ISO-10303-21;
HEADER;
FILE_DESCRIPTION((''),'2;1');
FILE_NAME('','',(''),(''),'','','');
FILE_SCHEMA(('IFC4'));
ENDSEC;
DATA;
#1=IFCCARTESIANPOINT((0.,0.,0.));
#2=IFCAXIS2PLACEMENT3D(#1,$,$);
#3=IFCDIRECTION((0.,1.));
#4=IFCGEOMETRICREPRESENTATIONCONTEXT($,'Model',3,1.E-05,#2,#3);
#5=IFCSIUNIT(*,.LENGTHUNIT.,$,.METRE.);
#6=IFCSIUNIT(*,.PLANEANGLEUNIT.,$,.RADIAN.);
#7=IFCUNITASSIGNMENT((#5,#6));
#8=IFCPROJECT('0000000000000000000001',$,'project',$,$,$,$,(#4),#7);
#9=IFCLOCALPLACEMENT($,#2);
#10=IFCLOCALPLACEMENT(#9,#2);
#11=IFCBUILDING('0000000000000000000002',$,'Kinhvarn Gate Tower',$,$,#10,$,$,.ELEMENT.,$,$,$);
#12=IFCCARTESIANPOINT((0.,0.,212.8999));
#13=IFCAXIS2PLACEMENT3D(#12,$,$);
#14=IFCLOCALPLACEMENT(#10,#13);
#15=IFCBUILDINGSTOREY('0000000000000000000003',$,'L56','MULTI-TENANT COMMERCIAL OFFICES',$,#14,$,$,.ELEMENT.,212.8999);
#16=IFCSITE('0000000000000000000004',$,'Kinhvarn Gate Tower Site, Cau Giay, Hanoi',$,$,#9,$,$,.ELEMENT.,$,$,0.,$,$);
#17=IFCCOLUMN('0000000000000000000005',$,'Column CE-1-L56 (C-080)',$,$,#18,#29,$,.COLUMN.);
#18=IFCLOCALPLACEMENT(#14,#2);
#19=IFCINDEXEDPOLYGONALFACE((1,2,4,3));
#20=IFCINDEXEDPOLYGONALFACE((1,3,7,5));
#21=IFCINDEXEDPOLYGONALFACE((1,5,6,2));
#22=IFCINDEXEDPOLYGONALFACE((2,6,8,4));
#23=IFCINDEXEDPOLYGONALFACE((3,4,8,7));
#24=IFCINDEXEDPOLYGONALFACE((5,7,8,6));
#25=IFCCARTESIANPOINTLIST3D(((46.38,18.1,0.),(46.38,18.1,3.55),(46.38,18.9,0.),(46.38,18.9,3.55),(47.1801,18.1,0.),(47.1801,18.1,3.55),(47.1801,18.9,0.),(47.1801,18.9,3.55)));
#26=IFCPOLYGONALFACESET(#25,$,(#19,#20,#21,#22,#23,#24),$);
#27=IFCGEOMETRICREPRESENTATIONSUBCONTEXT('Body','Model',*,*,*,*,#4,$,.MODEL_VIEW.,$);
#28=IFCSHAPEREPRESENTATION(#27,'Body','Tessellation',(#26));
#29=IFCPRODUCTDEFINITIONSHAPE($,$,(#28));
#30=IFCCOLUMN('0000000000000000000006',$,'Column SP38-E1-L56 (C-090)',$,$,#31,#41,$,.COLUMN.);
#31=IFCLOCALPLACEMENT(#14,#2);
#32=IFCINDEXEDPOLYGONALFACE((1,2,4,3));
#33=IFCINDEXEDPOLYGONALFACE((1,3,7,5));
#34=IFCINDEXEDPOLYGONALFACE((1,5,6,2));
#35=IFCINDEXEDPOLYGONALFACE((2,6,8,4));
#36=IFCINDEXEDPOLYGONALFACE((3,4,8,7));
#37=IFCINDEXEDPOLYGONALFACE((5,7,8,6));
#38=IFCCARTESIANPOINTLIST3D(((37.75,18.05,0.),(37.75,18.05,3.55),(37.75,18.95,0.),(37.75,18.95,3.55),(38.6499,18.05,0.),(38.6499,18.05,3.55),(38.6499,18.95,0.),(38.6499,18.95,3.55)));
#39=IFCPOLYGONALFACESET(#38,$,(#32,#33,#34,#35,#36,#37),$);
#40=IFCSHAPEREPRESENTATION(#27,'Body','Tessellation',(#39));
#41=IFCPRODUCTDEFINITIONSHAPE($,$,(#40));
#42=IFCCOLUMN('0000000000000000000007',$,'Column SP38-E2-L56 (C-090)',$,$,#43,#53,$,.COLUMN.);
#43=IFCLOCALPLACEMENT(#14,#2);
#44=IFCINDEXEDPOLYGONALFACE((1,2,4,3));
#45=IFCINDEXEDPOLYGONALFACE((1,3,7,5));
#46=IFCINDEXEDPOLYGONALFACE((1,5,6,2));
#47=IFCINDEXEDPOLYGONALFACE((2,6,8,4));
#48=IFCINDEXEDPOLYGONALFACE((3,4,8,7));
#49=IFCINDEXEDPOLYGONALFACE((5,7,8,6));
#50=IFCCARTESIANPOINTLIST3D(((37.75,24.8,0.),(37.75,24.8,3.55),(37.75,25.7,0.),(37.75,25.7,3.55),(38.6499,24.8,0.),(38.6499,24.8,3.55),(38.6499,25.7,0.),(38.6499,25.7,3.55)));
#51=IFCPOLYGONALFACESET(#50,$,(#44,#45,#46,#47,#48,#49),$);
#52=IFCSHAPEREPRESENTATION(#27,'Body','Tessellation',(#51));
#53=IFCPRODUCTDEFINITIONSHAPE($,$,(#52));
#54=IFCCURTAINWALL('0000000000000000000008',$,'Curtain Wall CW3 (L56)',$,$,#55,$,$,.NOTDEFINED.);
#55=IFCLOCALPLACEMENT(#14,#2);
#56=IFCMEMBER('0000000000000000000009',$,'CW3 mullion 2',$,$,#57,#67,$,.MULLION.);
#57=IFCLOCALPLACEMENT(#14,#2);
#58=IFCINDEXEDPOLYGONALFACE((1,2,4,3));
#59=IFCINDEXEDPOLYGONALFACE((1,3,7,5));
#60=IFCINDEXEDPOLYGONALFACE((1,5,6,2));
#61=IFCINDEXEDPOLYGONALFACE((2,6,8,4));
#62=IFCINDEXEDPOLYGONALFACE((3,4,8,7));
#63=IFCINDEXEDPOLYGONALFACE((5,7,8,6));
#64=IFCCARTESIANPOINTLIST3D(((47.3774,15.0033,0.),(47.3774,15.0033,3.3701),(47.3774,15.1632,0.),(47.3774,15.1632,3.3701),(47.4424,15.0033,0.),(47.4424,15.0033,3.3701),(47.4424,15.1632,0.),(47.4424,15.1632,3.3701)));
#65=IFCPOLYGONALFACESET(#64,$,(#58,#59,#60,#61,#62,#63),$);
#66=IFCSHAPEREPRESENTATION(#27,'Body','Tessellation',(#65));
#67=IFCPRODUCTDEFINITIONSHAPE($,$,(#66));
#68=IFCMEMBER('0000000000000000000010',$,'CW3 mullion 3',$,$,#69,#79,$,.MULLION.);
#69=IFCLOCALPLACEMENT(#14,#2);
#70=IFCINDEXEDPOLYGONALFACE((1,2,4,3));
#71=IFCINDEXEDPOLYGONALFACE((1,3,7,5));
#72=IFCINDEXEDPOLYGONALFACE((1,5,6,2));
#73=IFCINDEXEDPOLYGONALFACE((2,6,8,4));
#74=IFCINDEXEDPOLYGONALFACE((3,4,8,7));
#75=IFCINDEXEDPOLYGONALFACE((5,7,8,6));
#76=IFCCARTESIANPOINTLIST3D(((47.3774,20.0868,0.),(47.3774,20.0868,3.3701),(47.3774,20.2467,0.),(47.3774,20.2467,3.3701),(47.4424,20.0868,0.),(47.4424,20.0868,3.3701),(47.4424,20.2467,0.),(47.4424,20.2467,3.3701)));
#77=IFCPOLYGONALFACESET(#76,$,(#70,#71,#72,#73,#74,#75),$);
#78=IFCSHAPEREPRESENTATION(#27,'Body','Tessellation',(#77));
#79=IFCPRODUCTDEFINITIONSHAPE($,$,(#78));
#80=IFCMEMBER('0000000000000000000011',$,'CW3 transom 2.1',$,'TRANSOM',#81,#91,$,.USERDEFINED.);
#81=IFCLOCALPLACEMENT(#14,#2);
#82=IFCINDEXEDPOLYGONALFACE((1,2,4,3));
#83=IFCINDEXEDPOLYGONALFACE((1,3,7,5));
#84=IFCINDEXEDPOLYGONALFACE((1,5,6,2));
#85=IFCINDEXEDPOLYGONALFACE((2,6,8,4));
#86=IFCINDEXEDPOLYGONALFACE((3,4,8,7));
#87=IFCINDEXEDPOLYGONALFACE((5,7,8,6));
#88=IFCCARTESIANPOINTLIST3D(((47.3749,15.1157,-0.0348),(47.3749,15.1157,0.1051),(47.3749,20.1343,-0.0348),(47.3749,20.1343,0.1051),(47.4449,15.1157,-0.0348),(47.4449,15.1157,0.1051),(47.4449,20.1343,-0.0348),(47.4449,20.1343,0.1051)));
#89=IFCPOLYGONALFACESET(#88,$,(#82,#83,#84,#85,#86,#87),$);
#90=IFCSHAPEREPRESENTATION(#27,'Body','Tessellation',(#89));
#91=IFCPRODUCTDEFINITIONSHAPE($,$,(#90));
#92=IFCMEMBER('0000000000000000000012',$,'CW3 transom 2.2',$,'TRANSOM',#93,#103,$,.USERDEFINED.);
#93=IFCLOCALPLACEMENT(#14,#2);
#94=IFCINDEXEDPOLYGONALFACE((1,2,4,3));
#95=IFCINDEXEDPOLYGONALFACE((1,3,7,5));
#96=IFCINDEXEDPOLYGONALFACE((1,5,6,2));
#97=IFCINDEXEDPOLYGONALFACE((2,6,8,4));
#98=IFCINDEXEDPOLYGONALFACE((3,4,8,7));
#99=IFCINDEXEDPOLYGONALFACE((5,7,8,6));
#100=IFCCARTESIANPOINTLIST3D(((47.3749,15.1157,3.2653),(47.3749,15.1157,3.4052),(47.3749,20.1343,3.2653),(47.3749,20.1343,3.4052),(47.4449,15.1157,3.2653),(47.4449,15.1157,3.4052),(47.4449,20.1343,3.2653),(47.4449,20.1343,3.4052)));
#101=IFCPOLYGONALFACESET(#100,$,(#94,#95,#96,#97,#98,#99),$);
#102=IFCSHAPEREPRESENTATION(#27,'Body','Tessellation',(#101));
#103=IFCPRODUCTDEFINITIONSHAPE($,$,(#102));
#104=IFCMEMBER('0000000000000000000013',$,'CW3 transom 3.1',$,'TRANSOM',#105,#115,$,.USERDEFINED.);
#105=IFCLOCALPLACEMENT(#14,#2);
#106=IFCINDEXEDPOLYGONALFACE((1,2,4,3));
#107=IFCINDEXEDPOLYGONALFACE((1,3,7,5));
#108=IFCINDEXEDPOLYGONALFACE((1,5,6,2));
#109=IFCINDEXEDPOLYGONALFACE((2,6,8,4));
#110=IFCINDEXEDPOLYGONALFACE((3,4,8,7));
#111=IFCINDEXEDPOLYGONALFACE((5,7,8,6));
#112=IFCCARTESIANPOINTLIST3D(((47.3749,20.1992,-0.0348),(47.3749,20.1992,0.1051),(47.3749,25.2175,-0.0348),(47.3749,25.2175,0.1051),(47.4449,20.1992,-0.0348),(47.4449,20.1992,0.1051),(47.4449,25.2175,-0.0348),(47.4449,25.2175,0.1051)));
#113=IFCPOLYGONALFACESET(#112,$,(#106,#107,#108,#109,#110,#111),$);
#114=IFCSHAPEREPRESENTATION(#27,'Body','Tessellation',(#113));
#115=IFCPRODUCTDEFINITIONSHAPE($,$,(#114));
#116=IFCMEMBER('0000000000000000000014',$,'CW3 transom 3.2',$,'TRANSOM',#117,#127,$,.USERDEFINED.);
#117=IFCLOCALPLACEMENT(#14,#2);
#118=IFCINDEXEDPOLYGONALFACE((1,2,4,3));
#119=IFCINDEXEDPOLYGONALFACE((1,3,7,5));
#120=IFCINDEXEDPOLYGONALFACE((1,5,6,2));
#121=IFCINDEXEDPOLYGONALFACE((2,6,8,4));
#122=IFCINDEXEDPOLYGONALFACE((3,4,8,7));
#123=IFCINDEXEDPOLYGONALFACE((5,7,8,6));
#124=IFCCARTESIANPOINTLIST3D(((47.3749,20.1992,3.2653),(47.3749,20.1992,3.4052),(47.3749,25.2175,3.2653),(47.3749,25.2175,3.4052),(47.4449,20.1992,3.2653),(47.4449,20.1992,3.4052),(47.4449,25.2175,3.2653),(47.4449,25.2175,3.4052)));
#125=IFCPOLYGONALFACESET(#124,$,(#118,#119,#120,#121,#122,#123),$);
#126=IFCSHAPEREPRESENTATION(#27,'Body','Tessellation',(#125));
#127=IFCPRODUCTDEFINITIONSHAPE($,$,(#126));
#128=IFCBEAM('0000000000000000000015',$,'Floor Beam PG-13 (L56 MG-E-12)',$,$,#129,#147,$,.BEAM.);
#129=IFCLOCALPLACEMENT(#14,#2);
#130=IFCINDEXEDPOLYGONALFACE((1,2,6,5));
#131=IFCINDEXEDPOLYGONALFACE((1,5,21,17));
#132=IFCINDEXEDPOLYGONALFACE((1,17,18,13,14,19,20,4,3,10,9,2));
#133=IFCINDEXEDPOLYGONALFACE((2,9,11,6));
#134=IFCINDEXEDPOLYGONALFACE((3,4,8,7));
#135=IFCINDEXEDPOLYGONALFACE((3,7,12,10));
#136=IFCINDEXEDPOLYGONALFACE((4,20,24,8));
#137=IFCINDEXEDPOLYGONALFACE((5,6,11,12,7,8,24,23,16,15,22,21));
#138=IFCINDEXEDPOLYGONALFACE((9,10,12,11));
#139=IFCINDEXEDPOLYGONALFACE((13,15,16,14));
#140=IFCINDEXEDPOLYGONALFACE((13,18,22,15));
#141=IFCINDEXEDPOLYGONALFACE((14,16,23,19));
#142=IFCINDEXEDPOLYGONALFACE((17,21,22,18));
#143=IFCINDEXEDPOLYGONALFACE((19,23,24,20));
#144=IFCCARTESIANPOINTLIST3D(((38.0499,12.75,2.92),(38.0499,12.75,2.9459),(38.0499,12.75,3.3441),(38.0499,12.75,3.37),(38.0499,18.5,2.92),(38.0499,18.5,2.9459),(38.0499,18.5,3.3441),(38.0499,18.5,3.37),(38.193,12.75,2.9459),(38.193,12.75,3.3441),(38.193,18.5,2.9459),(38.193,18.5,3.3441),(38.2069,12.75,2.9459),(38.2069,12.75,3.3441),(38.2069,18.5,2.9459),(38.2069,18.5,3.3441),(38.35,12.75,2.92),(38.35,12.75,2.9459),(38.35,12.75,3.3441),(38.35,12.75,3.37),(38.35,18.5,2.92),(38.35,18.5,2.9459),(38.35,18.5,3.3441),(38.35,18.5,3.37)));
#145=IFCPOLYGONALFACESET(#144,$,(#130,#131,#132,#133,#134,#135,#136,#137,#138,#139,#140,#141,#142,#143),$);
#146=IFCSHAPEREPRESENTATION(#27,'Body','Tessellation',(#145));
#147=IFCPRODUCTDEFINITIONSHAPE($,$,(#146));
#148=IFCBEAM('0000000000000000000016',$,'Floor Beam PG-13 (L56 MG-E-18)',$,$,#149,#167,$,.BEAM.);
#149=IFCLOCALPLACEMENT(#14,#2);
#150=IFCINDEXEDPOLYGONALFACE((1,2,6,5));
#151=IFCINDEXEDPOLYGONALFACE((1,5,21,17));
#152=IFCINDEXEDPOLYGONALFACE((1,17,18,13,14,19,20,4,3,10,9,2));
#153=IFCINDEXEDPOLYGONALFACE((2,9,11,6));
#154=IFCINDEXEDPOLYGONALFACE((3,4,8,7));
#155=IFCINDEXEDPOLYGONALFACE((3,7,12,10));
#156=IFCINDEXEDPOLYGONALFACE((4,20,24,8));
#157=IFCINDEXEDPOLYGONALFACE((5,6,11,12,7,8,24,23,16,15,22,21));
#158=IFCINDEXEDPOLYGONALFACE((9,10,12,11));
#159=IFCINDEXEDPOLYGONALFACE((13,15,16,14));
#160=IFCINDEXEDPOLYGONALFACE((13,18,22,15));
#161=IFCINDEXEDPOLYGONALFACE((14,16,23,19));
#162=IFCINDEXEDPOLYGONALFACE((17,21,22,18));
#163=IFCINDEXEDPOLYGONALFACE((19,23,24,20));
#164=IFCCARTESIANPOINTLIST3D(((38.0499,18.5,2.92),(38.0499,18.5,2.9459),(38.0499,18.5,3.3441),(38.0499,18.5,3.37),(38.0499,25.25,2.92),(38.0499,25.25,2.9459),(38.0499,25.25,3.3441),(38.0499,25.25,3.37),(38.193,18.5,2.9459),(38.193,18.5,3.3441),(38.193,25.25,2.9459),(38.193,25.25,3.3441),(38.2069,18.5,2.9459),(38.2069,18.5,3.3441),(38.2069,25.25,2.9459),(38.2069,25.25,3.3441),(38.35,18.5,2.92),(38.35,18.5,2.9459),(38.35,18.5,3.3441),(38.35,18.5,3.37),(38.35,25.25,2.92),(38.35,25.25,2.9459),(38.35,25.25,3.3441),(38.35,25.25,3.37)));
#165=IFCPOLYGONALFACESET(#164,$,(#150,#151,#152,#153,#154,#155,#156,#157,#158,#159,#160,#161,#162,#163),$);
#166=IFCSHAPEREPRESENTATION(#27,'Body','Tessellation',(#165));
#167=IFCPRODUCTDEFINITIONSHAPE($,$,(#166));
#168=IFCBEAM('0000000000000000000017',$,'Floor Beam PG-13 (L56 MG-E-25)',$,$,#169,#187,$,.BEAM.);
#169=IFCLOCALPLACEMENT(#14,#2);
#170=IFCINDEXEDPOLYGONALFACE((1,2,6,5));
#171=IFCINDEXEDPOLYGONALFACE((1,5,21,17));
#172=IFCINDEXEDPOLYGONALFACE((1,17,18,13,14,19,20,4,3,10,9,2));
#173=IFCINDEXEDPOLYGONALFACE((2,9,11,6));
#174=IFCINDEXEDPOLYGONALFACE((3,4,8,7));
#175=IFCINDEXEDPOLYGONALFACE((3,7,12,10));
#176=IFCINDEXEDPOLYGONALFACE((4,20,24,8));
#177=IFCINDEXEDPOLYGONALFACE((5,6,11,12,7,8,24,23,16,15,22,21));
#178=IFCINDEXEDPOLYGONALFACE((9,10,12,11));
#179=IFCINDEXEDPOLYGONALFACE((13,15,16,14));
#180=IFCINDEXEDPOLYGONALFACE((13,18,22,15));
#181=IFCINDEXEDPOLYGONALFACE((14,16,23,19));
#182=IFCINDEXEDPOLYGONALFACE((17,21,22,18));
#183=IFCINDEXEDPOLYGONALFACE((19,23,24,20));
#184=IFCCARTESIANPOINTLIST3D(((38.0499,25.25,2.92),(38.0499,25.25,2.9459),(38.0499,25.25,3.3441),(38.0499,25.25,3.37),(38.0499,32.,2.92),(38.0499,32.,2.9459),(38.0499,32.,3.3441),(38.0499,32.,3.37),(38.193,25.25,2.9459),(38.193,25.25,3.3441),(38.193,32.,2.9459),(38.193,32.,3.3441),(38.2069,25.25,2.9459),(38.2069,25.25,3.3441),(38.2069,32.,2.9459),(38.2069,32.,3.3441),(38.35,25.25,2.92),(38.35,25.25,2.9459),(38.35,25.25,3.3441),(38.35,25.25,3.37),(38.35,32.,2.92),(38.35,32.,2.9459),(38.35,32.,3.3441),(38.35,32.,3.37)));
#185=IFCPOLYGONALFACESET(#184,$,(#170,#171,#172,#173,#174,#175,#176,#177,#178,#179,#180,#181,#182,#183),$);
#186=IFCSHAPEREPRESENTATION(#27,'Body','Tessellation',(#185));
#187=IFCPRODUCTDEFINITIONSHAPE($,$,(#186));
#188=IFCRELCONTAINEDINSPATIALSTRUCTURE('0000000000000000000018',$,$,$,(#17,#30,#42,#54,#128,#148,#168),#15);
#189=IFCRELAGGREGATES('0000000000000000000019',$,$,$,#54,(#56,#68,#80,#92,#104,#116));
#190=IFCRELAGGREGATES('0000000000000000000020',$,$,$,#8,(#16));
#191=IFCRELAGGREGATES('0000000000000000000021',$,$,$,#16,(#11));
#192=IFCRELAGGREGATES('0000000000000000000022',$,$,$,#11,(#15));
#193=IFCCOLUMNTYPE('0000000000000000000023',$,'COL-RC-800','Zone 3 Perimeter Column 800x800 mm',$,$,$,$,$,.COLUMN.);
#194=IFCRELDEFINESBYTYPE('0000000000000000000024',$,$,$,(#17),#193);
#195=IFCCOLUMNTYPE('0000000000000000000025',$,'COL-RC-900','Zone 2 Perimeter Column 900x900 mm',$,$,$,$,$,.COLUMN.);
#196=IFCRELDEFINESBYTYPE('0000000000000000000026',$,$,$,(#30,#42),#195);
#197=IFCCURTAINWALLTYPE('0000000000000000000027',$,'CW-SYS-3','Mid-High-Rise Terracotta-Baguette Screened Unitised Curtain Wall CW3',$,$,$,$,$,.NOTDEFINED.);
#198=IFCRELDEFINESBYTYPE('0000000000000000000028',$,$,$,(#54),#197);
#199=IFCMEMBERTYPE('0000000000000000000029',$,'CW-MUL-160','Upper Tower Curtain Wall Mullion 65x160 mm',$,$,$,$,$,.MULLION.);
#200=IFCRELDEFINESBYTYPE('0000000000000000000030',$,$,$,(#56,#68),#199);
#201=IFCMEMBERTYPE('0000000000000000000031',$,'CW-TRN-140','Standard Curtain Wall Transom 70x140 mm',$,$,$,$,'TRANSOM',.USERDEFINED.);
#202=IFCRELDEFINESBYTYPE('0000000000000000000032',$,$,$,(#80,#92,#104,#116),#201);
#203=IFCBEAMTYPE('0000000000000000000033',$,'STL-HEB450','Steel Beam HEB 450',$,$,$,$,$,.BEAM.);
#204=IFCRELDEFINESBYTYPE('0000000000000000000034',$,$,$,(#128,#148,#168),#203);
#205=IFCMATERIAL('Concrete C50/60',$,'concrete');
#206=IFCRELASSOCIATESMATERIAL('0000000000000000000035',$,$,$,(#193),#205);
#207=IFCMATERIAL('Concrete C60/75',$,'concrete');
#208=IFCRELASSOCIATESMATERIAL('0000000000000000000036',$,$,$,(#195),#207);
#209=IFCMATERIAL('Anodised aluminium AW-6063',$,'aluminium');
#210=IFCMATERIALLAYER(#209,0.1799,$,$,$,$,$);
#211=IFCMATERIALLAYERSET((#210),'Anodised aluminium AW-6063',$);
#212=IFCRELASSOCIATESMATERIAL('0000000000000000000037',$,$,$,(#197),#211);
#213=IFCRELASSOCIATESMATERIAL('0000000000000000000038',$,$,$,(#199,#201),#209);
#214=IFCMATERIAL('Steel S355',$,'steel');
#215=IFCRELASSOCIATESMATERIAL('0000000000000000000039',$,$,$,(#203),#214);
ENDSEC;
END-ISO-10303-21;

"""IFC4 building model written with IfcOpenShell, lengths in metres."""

from ifc_helpers import new_model, si_unit, direction, frame, origin, origin_2d, place, context, subcontext, project, spatial, rectangle, i_section, extrude, material, layer, layer_set, material_profile, profile_set, type_object, element, aggregate, save


model = new_model("IFC4")

# Units and contexts
model_context = context("Model", 3, precision=1e-05, world=origin(), true_north=direction((0.0, 1.0)))
body_context = subcontext(model_context, "Body", "Model", "MODEL_VIEW")
ifc_project = project(units=[si_unit("LENGTHUNIT", "METRE"), si_unit("PLANEANGLEUNIT", "RADIAN")], contexts=[model_context])

# Site, building, storey
site_placement = place(None, origin())
site = spatial("IfcSite", under=ifc_project, at=site_placement, Name="Kinhvarn Gate Tower Site, Cau Giay, Hanoi", CompositionType="ELEMENT", RefElevation=0.0)
building_placement = place(site_placement, origin())
building = spatial("IfcBuilding", under=site, at=building_placement, Name="Kinhvarn Gate Tower", CompositionType="ELEMENT")
storey_placement = place(building_placement, frame((0.0, 0.0, 212.8999)))
storey = spatial("IfcBuildingStorey", under=building, at=storey_placement, Name="L56", Description="MULTI-TENANT COMMERCIAL OFFICES", CompositionType="ELEMENT", Elevation=212.8999)

# Columns
ifc_material_1 = material(Name="Concrete C50/60", Category="concrete")
ifc_material_profile_1 = material_profile(ifc_material_1, rectangle(XDim=0.8, YDim=0.8, at=origin_2d()), Name="RC 800x800")
ifc_profile_set_1 = profile_set([ifc_material_profile_1], Name="Concrete C50/60")
column_type_1 = type_object("IfcColumnType", Name="COL-RC-800", Description="Zone 3 Perimeter Column 800x800 mm", PredefinedType="COLUMN", material=ifc_profile_set_1)
column_placement = place(storey_placement, frame((46.78, 18.5, 0.0), z_axis=(0.0, 0.0, 1.0), x_axis=(1.0, 0.0, 0.0)))
element("IfcColumn", 1, at=column_placement, inside=storey, type_object=column_type_1, Name="Column CE-1-L56 (C-080)", PredefinedType="COLUMN", context=body_context, shape_type="SweptSolid", body=[
    extrude(rectangle(XDim=0.8, YDim=0.8, at=origin_2d()), origin(), (0.0, 0.0, 1.0), 3.55),
])
ifc_material_2 = material(Name="Concrete C60/75", Category="concrete")
ifc_material_profile_2 = material_profile(ifc_material_2, rectangle(XDim=0.8999, YDim=0.8999, at=origin_2d()), Name="RC 900x900")
ifc_profile_set_2 = profile_set([ifc_material_profile_2], Name="Concrete C60/75")
column_type_2 = type_object("IfcColumnType", Name="COL-RC-900", Description="Zone 2 Perimeter Column 900x900 mm", PredefinedType="COLUMN", material=ifc_profile_set_2)
for number, where, z_axis, x_axis, name in (
    (2, (38.2, 18.5, 0.0), (0.0, 0.0, 1.0), (1.0, 0.0, 0.0), "Column SP38-E1-L56 (C-090)"),
    (3, (38.2, 25.25, 0.0), (0.0, 0.0, 1.0), (1.0, 0.0, 0.0), "Column SP38-E2-L56 (C-090)"),
):
    element("IfcColumn", number, at=place(storey_placement, frame(where, z_axis=z_axis, x_axis=x_axis)), inside=storey, type_object=column_type_2, Name=name, PredefinedType="COLUMN", context=body_context, shape_type="SweptSolid", body=[
        extrude(rectangle(XDim=0.8999, YDim=0.8999, at=origin_2d()), origin(), (0.0, 0.0, 1.0), 3.55),
    ])

# Curtain wall, members
ifc_material_3 = material(Name="Anodised aluminium AW-6063", Category="aluminium")
ifc_layer_1 = layer(ifc_material_3, 0.1799)
ifc_layer_set_1 = layer_set([ifc_layer_1], Name="Anodised aluminium AW-6063")
curtain_wall_type = type_object("IfcCurtainWallType", Name="CW-SYS-3", Description="Mid-High-Rise Terracotta-Baguette Screened Unitised Curtain Wall CW3", PredefinedType="NOTDEFINED", material=ifc_layer_set_1)
curtain_wall_placement = place(storey_placement, origin())
curtain_wall = element("IfcCurtainWall", 4, at=curtain_wall_placement, inside=storey, type_object=curtain_wall_type, Name="Curtain Wall CW3 (L56)", PredefinedType="NOTDEFINED")
ifc_material_profile_3 = material_profile(ifc_material_3, rectangle(XDim=0.0649, YDim=0.1599, at=origin_2d()), Name="ALU 65x160")
ifc_profile_set_3 = profile_set([ifc_material_profile_3], Name="Anodised aluminium AW-6063")
member_type_1 = type_object("IfcMemberType", Name="CW-MUL-160", Description="Upper Tower Curtain Wall Mullion 65x160 mm", PredefinedType="MULLION", material=ifc_profile_set_3)
member_1_placement = place(storey_placement, frame((47.4099, 15.0833, 0.0), z_axis=(0.0, 0.0, 1.0), x_axis=(-1.0, 0.0, 0.0)))
member_1 = element("IfcMember", 5, at=member_1_placement, type_object=member_type_1, Name="CW3 mullion 2", PredefinedType="MULLION", context=body_context, shape_type="SweptSolid", body=[
    extrude(rectangle(XDim=0.0649, YDim=0.1599, at=origin_2d()), origin(), (0.0, 0.0, 1.0), 3.3701),
])
member_2_placement = place(storey_placement, frame((47.4099, 20.1667, 0.0), z_axis=(0.0, 0.0, 1.0), x_axis=(-1.0, 0.0, 0.0)))
member_2 = element("IfcMember", 6, at=member_2_placement, type_object=member_type_1, Name="CW3 mullion 3", PredefinedType="MULLION", context=body_context, shape_type="SweptSolid", body=[
    extrude(rectangle(XDim=0.0649, YDim=0.1599, at=origin_2d()), origin(), (0.0, 0.0, 1.0), 3.3701),
])
ifc_material_profile_4 = material_profile(ifc_material_3, rectangle(XDim=0.0701, YDim=0.1399, at=origin_2d()), Name="ALU 70x140")
ifc_profile_set_4 = profile_set([ifc_material_profile_4], Name="Anodised aluminium AW-6063")
member_type_2 = type_object("IfcMemberType", Name="CW-TRN-140", Description="Standard Curtain Wall Transom 70x140 mm", ElementType="TRANSOM", PredefinedType="USERDEFINED", material=ifc_profile_set_4)
member_3_placement = place(storey_placement, frame((47.4099, 15.1157, 0.0352), z_axis=(0.0, 1.0, 0.0), x_axis=(-1.0, 0.0, 0.0)))
member_3 = element("IfcMember", 7, at=member_3_placement, type_object=member_type_2, Name="CW3 transom 2.1", ObjectType="TRANSOM", PredefinedType="USERDEFINED", context=body_context, shape_type="SweptSolid", body=[
    extrude(rectangle(XDim=0.0701, YDim=0.1399, at=origin_2d()), origin(), (0.0, 0.0, 1.0), 5.0186),
])
member_4_placement = place(storey_placement, frame((47.4099, 15.1157, 3.3352), z_axis=(0.0, 1.0, 0.0), x_axis=(-1.0, 0.0, 0.0)))
member_4 = element("IfcMember", 8, at=member_4_placement, type_object=member_type_2, Name="CW3 transom 2.2", ObjectType="TRANSOM", PredefinedType="USERDEFINED", context=body_context, shape_type="SweptSolid", body=[
    extrude(rectangle(XDim=0.0701, YDim=0.1399, at=origin_2d()), origin(), (0.0, 0.0, 1.0), 5.0186),
])
member_5_placement = place(storey_placement, frame((47.4099, 20.1992, 0.0352), z_axis=(0.0, 1.0, 0.0), x_axis=(-1.0, 0.0, 0.0)))
member_5 = element("IfcMember", 9, at=member_5_placement, type_object=member_type_2, Name="CW3 transom 3.1", ObjectType="TRANSOM", PredefinedType="USERDEFINED", context=body_context, shape_type="SweptSolid", body=[
    extrude(rectangle(XDim=0.0701, YDim=0.1399, at=origin_2d()), origin(), (0.0, 0.0, 1.0), 5.0183),
])
member_6_placement = place(storey_placement, frame((47.4099, 20.1992, 3.3352), z_axis=(0.0, 1.0, 0.0), x_axis=(-1.0, 0.0, 0.0)))
member_6 = element("IfcMember", 10, at=member_6_placement, type_object=member_type_2, Name="CW3 transom 3.2", ObjectType="TRANSOM", PredefinedType="USERDEFINED", context=body_context, shape_type="SweptSolid", body=[
    extrude(rectangle(XDim=0.0701, YDim=0.1399, at=origin_2d()), origin(), (0.0, 0.0, 1.0), 5.0183),
])

# Beams
ifc_material_4 = material(Name="Steel S355", Category="steel")
ifc_material_profile_5 = material_profile(ifc_material_4, i_section(OverallWidth=0.3, OverallDepth=0.45, WebThickness=0.0139, FlangeThickness=0.0259, at=origin_2d()), Name="HEB 450")
ifc_profile_set_5 = profile_set([ifc_material_profile_5], Name="Steel S355")
beam_type_1 = type_object("IfcBeamType", Name="STL-HEB450", Description="Steel Beam HEB 450", PredefinedType="BEAM", material=ifc_profile_set_5)
beam_1_placement = place(storey_placement, frame((38.2, 12.75, 3.145), z_axis=(0.0, 1.0, 0.0), x_axis=(-1.0, 0.0, 0.0)))
element("IfcBeam", 11, at=beam_1_placement, inside=storey, type_object=beam_type_1, Name="Floor Beam PG-13 (L56 MG-E-12)", PredefinedType="BEAM", context=body_context, shape_type="SweptSolid", body=[
    extrude(i_section(OverallWidth=0.3, OverallDepth=0.45, WebThickness=0.0139, FlangeThickness=0.0259, at=origin_2d()), origin(), (0.0, 0.0, 1.0), 5.75),
])
for number, where, z_axis, x_axis, name in (
    (12, (38.2, 18.5, 3.145), (0.0, 1.0, 0.0), (-1.0, 0.0, 0.0), "Floor Beam PG-13 (L56 MG-E-18)"),
    (13, (38.2, 25.25, 3.145), (0.0, 1.0, 0.0), (-1.0, 0.0, 0.0), "Floor Beam PG-13 (L56 MG-E-25)"),
):
    element("IfcBeam", number, at=place(storey_placement, frame(where, z_axis=z_axis, x_axis=x_axis)), inside=storey, type_object=beam_type_1, Name=name, PredefinedType="BEAM", context=body_context, shape_type="SweptSolid", body=[
        extrude(i_section(OverallWidth=0.3, OverallDepth=0.45, WebThickness=0.0139, FlangeThickness=0.0259, at=origin_2d()), origin(), (0.0, 0.0, 1.0), 6.75),
    ])

aggregate(curtain_wall, [member_1, member_2, member_3, member_4, member_5, member_6])

save(model, "model.ifc")
